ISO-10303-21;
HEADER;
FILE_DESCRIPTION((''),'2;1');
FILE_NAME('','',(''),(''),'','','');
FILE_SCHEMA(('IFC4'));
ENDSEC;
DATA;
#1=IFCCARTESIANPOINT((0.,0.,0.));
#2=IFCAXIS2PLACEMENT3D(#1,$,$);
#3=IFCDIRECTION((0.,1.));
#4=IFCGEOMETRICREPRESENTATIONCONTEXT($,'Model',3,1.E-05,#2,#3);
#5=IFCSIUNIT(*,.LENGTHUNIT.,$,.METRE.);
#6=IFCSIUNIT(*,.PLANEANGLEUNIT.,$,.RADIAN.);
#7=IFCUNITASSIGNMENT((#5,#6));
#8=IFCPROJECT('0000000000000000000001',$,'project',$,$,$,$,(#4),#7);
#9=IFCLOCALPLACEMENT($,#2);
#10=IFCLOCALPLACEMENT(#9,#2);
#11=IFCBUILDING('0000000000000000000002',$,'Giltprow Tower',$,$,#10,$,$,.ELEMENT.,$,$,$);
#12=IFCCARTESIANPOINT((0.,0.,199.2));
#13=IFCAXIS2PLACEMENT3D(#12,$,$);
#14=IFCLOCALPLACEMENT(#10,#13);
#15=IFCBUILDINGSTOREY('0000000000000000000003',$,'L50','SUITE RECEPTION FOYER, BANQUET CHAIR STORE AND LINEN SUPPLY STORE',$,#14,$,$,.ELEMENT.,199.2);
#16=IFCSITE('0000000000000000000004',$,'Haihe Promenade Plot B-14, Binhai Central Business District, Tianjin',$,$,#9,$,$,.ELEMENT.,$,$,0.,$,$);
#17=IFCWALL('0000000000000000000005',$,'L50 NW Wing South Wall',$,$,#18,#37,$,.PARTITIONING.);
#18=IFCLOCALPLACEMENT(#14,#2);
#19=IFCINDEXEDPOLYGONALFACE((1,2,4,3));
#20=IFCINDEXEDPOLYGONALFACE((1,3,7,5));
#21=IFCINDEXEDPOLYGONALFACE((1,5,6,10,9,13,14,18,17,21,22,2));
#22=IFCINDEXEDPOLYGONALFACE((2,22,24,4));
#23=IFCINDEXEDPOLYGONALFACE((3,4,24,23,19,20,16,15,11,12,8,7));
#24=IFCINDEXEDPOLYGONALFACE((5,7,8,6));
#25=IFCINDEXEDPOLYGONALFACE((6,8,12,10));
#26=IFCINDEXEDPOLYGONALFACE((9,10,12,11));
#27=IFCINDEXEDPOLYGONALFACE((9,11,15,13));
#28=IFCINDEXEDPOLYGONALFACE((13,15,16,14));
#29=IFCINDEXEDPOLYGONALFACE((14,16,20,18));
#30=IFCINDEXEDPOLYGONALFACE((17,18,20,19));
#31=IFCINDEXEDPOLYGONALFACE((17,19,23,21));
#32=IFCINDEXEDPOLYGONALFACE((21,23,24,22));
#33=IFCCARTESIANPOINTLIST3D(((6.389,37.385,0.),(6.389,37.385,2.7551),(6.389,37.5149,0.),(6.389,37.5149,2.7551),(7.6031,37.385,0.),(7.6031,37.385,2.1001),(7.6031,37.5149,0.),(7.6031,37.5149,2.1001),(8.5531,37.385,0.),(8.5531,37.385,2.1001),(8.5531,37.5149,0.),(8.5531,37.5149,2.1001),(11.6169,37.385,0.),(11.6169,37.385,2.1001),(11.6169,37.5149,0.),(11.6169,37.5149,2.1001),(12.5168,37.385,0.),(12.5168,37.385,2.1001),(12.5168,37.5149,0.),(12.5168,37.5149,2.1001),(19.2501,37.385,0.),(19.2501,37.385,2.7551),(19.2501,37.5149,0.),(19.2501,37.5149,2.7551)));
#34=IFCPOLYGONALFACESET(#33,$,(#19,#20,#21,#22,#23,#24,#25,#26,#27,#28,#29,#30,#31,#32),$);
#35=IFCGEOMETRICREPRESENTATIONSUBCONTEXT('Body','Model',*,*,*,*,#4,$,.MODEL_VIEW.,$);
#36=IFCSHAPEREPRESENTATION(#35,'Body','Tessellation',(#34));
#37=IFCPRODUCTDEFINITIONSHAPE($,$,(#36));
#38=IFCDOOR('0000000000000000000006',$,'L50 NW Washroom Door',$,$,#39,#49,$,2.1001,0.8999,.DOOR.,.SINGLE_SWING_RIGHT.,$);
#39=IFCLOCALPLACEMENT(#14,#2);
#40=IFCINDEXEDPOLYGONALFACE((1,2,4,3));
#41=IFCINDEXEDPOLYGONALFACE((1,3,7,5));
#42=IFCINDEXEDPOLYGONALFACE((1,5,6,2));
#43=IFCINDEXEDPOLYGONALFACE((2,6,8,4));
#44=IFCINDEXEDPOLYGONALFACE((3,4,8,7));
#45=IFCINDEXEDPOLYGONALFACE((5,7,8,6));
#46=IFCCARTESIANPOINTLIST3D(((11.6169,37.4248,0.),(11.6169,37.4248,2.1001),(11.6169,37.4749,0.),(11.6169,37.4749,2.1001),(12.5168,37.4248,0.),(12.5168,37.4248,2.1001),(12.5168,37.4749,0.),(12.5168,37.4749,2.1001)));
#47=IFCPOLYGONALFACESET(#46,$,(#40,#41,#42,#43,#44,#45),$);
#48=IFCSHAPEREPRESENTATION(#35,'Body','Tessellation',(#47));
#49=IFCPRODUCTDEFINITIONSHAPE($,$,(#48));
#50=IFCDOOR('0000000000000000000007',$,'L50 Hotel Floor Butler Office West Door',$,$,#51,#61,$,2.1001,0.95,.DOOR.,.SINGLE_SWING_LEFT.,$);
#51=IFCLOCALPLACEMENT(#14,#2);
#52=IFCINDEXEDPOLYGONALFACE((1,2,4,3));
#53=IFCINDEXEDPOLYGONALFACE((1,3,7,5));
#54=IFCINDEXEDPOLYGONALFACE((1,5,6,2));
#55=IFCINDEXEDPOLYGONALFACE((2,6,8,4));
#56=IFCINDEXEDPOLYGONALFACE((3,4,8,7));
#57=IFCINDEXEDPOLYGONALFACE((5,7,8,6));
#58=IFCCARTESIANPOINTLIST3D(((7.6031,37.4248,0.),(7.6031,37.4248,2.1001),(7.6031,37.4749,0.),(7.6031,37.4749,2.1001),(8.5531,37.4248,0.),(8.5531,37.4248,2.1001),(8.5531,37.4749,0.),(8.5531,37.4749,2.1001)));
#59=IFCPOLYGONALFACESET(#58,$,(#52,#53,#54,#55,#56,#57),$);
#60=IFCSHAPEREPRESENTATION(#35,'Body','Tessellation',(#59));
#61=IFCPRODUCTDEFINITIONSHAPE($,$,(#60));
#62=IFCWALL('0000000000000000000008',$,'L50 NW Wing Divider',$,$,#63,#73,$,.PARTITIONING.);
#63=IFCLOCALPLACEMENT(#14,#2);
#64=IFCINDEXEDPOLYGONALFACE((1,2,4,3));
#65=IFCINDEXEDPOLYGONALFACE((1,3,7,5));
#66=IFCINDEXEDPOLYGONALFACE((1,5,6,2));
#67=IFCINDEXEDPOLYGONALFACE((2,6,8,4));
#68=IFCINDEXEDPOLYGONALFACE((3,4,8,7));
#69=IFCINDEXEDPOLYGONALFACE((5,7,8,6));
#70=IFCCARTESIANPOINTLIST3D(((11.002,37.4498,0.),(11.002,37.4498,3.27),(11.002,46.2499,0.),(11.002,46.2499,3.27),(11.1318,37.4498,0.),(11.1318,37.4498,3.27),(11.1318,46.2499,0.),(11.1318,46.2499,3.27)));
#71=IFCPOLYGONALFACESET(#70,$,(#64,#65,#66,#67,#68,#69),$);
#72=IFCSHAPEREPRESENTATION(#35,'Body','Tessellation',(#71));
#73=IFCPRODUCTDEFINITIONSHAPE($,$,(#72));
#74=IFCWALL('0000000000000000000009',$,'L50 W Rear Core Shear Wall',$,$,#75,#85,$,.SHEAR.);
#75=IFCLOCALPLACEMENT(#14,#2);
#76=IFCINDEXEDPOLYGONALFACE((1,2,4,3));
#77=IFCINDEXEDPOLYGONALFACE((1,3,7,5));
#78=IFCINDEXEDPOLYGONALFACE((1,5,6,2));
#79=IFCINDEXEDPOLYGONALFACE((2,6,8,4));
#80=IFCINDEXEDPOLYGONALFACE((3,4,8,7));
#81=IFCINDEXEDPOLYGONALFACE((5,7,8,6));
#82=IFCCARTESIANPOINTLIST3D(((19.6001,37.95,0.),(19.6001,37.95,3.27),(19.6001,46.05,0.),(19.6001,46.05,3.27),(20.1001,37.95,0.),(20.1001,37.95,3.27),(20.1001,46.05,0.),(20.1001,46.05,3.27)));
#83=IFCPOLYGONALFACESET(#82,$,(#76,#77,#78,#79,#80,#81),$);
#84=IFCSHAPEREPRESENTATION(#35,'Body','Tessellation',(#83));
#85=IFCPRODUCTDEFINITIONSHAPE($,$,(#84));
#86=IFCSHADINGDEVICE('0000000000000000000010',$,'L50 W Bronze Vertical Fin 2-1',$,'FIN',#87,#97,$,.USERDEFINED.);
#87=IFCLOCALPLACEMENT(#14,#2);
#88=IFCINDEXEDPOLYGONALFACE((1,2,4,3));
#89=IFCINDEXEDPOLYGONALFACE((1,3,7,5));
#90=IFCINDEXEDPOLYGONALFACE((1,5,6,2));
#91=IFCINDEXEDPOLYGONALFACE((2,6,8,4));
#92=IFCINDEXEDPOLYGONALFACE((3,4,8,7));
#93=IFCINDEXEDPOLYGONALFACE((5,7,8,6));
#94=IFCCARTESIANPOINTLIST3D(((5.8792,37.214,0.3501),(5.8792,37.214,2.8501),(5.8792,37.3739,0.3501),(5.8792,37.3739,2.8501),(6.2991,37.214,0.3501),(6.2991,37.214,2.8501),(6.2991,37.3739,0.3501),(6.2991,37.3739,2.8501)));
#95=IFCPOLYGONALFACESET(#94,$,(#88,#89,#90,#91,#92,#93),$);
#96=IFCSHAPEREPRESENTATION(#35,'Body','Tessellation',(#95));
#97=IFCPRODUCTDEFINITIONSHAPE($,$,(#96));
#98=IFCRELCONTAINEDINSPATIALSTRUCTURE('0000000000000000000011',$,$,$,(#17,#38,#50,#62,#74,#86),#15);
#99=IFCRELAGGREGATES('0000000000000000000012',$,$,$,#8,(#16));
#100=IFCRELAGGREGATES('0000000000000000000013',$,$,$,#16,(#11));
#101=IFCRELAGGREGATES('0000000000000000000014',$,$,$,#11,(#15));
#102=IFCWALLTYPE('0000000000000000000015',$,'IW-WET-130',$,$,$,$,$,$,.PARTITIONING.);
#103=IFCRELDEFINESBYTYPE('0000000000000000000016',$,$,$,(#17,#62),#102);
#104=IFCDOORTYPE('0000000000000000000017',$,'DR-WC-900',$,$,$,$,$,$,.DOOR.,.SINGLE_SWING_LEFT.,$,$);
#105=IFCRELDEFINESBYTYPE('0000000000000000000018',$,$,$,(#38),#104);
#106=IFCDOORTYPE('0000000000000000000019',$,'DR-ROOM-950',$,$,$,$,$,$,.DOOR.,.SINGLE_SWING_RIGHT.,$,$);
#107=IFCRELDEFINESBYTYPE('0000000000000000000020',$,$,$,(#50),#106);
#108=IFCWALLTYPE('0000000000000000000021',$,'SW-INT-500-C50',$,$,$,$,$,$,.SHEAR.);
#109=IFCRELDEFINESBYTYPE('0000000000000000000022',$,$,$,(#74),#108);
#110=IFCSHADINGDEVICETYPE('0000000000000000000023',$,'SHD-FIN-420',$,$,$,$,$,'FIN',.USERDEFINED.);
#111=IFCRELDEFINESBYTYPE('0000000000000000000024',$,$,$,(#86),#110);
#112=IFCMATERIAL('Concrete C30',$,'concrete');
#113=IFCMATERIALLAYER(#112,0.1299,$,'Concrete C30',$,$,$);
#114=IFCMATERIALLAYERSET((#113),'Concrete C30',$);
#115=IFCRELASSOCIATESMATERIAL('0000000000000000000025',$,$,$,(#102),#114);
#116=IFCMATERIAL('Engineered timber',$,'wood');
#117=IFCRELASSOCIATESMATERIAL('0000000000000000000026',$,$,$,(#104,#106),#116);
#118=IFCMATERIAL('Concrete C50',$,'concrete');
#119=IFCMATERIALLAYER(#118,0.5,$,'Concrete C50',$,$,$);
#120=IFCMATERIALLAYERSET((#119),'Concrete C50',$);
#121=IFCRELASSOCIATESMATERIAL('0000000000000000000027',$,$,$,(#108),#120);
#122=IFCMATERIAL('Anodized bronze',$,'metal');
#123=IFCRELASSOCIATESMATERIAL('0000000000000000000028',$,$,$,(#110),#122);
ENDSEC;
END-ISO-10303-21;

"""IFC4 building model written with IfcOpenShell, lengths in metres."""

from ifc_helpers import new_model, si_unit, direction, frame, frame_2d, origin, origin_2d, place, context, subcontext, project, spatial, rectangle, extrude, source, transform, mapped, material, layer, layer_set, type_object, element, fill, save


model = new_model("IFC4")

# Units and contexts
model_context = context("Model", 3, precision=1e-05, world=origin(), true_north=direction((0.0, 1.0)))
body_context = subcontext(model_context, "Body", "Model", "MODEL_VIEW")
ifc_project = project(units=[si_unit("LENGTHUNIT", "METRE"), si_unit("PLANEANGLEUNIT", "RADIAN")], contexts=[model_context])

# Site, building, storey
site_placement = place(None, origin())
site = spatial("IfcSite", under=ifc_project, at=site_placement, Name="Haihe Promenade Plot B-14, Binhai Central Business District, Tianjin", CompositionType="ELEMENT", RefElevation=0.0)
building_placement = place(site_placement, origin())
building = spatial("IfcBuilding", under=site, at=building_placement, Name="Giltprow Tower", CompositionType="ELEMENT")
storey_placement = place(building_placement, frame((0.0, 0.0, 199.2)))
storey = spatial("IfcBuildingStorey", under=building, at=storey_placement, Name="L50", Description="SUITE RECEPTION FOYER, BANQUET CHAIR STORE AND LINEN SUPPLY STORE", CompositionType="ELEMENT", Elevation=199.2)

# Shared definitions
ifc_material_1 = material(Name="Concrete C50", Category="concrete")

# Shared definitions
ifc_material_2 = material(Name="Engineered timber", Category="wood")

# Wall, openings, doors
ifc_material_3 = material(Name="Concrete C30", Category="concrete")
ifc_layer_1 = layer(ifc_material_3, 0.1299, Name="Concrete C30")
ifc_layer_set_1 = layer_set([ifc_layer_1], Name="Concrete C30")
wall_type_1 = type_object("IfcWallType", Name="IW-WET-130", PredefinedType="PARTITIONING", material=ifc_layer_set_1)
wall_1_placement = place(storey_placement, frame((6.3889, 37.45, 0.0), z_axis=(0.0, 0.0, 1.0), x_axis=(1.0, 0.0, 0.0)))
wall_1 = element("IfcWall", 1, at=wall_1_placement, inside=storey, type_object=wall_type_1, Name="L50 NW Wing South Wall", PredefinedType="PARTITIONING", context=body_context, shape_type="SweptSolid", body=[
    extrude(rectangle(XDim=12.8611, YDim=0.1299, at=frame_2d((6.4307, 0.0))), origin(), (0.0, 0.0, 1.0), 2.7551),
])
opening_1_placement = place(wall_1_placement, frame((1.2141, 0.0, 0.0)))
opening_1 = element("IfcOpeningElement", 2, at=opening_1_placement, cuts=wall_1, PredefinedType="OPENING", context=body_context, shape_type="SweptSolid", body=[
    extrude(rectangle(XDim=0.95, YDim=2.1001, at=frame_2d((0.4751, 1.05))), frame((0.0, 0.075, 0.0), z_axis=(0.0, -1.0, 0.0), x_axis=(1.0, 0.0, 0.0)), (0.0, 0.0, 1.0), 0.1499),
])
opening_2_placement = place(wall_1_placement, frame((5.228, 0.0, 0.0)))
opening_2 = element("IfcOpeningElement", 3, at=opening_2_placement, cuts=wall_1, PredefinedType="OPENING", context=body_context, shape_type="SweptSolid", body=[
    extrude(rectangle(XDim=0.8999, YDim=2.1001, at=frame_2d((0.45, 1.05))), frame((0.0, 0.075, 0.0), z_axis=(0.0, -1.0, 0.0), x_axis=(1.0, 0.0, 0.0)), (0.0, 0.0, 1.0), 0.1499),
])
door_type_1 = type_object("IfcDoorType", Name="DR-WC-900", OperationType="SINGLE_SWING_LEFT", PredefinedType="DOOR", material=ifc_material_2)
shared_shape_1 = source(origin(), body_context, "Body", "SweptSolid", [
    extrude(rectangle(XDim=0.8999, YDim=2.1001, at=frame_2d((0.45, 1.05))), frame((0.0, 0.0249, 0.0), z_axis=(0.0, -1.0, 0.0), x_axis=(1.0, 0.0, 0.0)), (0.0, 0.0, 1.0), 0.05),
])
door_1_placement = place(opening_2_placement, origin())
door_1 = element("IfcDoor", 4, at=door_1_placement, inside=storey, type_object=door_type_1, Name="L50 NW Washroom Door", OperationType="SINGLE_SWING_RIGHT", OverallHeight=2.1001, OverallWidth=0.8999, PredefinedType="DOOR", context=body_context, shape_type="MappedRepresentation", body=[
    mapped(shared_shape_1, transform((0.0, 0.0, 0.0), x_axis=(1.0, 0.0, 0.0), y_axis=(0.0, 1.0, 0.0), z_axis=(0.0, 0.0, 1.0), scale=1.0)),
])
fill(opening_2, door_1)
door_type_2 = type_object("IfcDoorType", Name="DR-ROOM-950", OperationType="SINGLE_SWING_RIGHT", PredefinedType="DOOR", material=ifc_material_2)
shared_shape_2 = source(origin(), body_context, "Body", "SweptSolid", [
    extrude(rectangle(XDim=0.95, YDim=2.1001, at=frame_2d((0.4751, 1.05))), frame((0.0, 0.0249, 0.0), z_axis=(0.0, -1.0, 0.0), x_axis=(1.0, 0.0, 0.0)), (0.0, 0.0, 1.0), 0.05),
])
door_2_placement = place(opening_1_placement, origin())
door_2 = element("IfcDoor", 5, at=door_2_placement, inside=storey, type_object=door_type_2, Name="L50 Hotel Floor Butler Office West Door", OperationType="SINGLE_SWING_LEFT", OverallHeight=2.1001, OverallWidth=0.95, PredefinedType="DOOR", context=body_context, shape_type="MappedRepresentation", body=[
    mapped(shared_shape_2, transform((0.0, 0.0, 0.0), x_axis=(1.0, 0.0, 0.0), y_axis=(0.0, 1.0, 0.0), z_axis=(0.0, 0.0, 1.0), scale=1.0)),
])
fill(opening_1, door_2)

# Walls
wall_2_placement = place(storey_placement, frame((11.0669, 37.45, 0.0), z_axis=(0.0, 0.0, 1.0), x_axis=(0.0, 1.0, 0.0)))
element("IfcWall", 6, at=wall_2_placement, inside=storey, type_object=wall_type_1, Name="L50 NW Wing Divider", PredefinedType="PARTITIONING", context=body_context, shape_type="SweptSolid", body=[
    extrude(rectangle(XDim=8.8, YDim=0.1299, at=frame_2d((4.3999, 0.0))), origin(), (0.0, 0.0, 1.0), 3.27),
])
ifc_layer_2 = layer(ifc_material_1, 0.5, Name="Concrete C50")
ifc_layer_set_2 = layer_set([ifc_layer_2], Name="Concrete C50")
wall_type_2 = type_object("IfcWallType", Name="SW-INT-500-C50", PredefinedType="SHEAR", material=ifc_layer_set_2)
wall_3_placement = place(storey_placement, frame((19.8501, 37.95, 0.0), z_axis=(0.0, 0.0, 1.0), x_axis=(0.0, 1.0, 0.0)))
element("IfcWall", 7, at=wall_3_placement, inside=storey, type_object=wall_type_2, Name="L50 W Rear Core Shear Wall", PredefinedType="SHEAR", context=body_context, shape_type="SweptSolid", body=[
    extrude(rectangle(XDim=8.1001, YDim=0.5, at=frame_2d((4.05, 0.0))), origin(), (0.0, 0.0, 1.0), 3.27),
])

# Shading device
ifc_material_4 = material(Name="Anodized bronze", Category="metal")
shading_device_type = type_object("IfcShadingDeviceType", Name="SHD-FIN-420", ElementType="FIN", PredefinedType="USERDEFINED", material=ifc_material_4)
shared_shape_3 = source(origin(), body_context, "Body", "SweptSolid", [
    extrude(rectangle(XDim=0.4199, YDim=0.1599, at=origin_2d()), origin(), (0.0, 0.0, 1.0), 2.5),
])
shading_device_placement = place(storey_placement, frame((6.0891, 37.2939, 0.3501), z_axis=(0.0, 0.0, 1.0), x_axis=(1.0, 0.0, 0.0)))
element("IfcShadingDevice", 8, at=shading_device_placement, inside=storey, type_object=shading_device_type, Name="L50 W Bronze Vertical Fin 2-1", ObjectType="FIN", PredefinedType="USERDEFINED", context=body_context, shape_type="MappedRepresentation", body=[
    mapped(shared_shape_3, transform((0.0, 0.0, 0.0), x_axis=(1.0, 0.0, 0.0), y_axis=(0.0, 1.0, 0.0), z_axis=(0.0, 0.0, 1.0), scale=1.0)),
])

save(model, "model.ifc")
